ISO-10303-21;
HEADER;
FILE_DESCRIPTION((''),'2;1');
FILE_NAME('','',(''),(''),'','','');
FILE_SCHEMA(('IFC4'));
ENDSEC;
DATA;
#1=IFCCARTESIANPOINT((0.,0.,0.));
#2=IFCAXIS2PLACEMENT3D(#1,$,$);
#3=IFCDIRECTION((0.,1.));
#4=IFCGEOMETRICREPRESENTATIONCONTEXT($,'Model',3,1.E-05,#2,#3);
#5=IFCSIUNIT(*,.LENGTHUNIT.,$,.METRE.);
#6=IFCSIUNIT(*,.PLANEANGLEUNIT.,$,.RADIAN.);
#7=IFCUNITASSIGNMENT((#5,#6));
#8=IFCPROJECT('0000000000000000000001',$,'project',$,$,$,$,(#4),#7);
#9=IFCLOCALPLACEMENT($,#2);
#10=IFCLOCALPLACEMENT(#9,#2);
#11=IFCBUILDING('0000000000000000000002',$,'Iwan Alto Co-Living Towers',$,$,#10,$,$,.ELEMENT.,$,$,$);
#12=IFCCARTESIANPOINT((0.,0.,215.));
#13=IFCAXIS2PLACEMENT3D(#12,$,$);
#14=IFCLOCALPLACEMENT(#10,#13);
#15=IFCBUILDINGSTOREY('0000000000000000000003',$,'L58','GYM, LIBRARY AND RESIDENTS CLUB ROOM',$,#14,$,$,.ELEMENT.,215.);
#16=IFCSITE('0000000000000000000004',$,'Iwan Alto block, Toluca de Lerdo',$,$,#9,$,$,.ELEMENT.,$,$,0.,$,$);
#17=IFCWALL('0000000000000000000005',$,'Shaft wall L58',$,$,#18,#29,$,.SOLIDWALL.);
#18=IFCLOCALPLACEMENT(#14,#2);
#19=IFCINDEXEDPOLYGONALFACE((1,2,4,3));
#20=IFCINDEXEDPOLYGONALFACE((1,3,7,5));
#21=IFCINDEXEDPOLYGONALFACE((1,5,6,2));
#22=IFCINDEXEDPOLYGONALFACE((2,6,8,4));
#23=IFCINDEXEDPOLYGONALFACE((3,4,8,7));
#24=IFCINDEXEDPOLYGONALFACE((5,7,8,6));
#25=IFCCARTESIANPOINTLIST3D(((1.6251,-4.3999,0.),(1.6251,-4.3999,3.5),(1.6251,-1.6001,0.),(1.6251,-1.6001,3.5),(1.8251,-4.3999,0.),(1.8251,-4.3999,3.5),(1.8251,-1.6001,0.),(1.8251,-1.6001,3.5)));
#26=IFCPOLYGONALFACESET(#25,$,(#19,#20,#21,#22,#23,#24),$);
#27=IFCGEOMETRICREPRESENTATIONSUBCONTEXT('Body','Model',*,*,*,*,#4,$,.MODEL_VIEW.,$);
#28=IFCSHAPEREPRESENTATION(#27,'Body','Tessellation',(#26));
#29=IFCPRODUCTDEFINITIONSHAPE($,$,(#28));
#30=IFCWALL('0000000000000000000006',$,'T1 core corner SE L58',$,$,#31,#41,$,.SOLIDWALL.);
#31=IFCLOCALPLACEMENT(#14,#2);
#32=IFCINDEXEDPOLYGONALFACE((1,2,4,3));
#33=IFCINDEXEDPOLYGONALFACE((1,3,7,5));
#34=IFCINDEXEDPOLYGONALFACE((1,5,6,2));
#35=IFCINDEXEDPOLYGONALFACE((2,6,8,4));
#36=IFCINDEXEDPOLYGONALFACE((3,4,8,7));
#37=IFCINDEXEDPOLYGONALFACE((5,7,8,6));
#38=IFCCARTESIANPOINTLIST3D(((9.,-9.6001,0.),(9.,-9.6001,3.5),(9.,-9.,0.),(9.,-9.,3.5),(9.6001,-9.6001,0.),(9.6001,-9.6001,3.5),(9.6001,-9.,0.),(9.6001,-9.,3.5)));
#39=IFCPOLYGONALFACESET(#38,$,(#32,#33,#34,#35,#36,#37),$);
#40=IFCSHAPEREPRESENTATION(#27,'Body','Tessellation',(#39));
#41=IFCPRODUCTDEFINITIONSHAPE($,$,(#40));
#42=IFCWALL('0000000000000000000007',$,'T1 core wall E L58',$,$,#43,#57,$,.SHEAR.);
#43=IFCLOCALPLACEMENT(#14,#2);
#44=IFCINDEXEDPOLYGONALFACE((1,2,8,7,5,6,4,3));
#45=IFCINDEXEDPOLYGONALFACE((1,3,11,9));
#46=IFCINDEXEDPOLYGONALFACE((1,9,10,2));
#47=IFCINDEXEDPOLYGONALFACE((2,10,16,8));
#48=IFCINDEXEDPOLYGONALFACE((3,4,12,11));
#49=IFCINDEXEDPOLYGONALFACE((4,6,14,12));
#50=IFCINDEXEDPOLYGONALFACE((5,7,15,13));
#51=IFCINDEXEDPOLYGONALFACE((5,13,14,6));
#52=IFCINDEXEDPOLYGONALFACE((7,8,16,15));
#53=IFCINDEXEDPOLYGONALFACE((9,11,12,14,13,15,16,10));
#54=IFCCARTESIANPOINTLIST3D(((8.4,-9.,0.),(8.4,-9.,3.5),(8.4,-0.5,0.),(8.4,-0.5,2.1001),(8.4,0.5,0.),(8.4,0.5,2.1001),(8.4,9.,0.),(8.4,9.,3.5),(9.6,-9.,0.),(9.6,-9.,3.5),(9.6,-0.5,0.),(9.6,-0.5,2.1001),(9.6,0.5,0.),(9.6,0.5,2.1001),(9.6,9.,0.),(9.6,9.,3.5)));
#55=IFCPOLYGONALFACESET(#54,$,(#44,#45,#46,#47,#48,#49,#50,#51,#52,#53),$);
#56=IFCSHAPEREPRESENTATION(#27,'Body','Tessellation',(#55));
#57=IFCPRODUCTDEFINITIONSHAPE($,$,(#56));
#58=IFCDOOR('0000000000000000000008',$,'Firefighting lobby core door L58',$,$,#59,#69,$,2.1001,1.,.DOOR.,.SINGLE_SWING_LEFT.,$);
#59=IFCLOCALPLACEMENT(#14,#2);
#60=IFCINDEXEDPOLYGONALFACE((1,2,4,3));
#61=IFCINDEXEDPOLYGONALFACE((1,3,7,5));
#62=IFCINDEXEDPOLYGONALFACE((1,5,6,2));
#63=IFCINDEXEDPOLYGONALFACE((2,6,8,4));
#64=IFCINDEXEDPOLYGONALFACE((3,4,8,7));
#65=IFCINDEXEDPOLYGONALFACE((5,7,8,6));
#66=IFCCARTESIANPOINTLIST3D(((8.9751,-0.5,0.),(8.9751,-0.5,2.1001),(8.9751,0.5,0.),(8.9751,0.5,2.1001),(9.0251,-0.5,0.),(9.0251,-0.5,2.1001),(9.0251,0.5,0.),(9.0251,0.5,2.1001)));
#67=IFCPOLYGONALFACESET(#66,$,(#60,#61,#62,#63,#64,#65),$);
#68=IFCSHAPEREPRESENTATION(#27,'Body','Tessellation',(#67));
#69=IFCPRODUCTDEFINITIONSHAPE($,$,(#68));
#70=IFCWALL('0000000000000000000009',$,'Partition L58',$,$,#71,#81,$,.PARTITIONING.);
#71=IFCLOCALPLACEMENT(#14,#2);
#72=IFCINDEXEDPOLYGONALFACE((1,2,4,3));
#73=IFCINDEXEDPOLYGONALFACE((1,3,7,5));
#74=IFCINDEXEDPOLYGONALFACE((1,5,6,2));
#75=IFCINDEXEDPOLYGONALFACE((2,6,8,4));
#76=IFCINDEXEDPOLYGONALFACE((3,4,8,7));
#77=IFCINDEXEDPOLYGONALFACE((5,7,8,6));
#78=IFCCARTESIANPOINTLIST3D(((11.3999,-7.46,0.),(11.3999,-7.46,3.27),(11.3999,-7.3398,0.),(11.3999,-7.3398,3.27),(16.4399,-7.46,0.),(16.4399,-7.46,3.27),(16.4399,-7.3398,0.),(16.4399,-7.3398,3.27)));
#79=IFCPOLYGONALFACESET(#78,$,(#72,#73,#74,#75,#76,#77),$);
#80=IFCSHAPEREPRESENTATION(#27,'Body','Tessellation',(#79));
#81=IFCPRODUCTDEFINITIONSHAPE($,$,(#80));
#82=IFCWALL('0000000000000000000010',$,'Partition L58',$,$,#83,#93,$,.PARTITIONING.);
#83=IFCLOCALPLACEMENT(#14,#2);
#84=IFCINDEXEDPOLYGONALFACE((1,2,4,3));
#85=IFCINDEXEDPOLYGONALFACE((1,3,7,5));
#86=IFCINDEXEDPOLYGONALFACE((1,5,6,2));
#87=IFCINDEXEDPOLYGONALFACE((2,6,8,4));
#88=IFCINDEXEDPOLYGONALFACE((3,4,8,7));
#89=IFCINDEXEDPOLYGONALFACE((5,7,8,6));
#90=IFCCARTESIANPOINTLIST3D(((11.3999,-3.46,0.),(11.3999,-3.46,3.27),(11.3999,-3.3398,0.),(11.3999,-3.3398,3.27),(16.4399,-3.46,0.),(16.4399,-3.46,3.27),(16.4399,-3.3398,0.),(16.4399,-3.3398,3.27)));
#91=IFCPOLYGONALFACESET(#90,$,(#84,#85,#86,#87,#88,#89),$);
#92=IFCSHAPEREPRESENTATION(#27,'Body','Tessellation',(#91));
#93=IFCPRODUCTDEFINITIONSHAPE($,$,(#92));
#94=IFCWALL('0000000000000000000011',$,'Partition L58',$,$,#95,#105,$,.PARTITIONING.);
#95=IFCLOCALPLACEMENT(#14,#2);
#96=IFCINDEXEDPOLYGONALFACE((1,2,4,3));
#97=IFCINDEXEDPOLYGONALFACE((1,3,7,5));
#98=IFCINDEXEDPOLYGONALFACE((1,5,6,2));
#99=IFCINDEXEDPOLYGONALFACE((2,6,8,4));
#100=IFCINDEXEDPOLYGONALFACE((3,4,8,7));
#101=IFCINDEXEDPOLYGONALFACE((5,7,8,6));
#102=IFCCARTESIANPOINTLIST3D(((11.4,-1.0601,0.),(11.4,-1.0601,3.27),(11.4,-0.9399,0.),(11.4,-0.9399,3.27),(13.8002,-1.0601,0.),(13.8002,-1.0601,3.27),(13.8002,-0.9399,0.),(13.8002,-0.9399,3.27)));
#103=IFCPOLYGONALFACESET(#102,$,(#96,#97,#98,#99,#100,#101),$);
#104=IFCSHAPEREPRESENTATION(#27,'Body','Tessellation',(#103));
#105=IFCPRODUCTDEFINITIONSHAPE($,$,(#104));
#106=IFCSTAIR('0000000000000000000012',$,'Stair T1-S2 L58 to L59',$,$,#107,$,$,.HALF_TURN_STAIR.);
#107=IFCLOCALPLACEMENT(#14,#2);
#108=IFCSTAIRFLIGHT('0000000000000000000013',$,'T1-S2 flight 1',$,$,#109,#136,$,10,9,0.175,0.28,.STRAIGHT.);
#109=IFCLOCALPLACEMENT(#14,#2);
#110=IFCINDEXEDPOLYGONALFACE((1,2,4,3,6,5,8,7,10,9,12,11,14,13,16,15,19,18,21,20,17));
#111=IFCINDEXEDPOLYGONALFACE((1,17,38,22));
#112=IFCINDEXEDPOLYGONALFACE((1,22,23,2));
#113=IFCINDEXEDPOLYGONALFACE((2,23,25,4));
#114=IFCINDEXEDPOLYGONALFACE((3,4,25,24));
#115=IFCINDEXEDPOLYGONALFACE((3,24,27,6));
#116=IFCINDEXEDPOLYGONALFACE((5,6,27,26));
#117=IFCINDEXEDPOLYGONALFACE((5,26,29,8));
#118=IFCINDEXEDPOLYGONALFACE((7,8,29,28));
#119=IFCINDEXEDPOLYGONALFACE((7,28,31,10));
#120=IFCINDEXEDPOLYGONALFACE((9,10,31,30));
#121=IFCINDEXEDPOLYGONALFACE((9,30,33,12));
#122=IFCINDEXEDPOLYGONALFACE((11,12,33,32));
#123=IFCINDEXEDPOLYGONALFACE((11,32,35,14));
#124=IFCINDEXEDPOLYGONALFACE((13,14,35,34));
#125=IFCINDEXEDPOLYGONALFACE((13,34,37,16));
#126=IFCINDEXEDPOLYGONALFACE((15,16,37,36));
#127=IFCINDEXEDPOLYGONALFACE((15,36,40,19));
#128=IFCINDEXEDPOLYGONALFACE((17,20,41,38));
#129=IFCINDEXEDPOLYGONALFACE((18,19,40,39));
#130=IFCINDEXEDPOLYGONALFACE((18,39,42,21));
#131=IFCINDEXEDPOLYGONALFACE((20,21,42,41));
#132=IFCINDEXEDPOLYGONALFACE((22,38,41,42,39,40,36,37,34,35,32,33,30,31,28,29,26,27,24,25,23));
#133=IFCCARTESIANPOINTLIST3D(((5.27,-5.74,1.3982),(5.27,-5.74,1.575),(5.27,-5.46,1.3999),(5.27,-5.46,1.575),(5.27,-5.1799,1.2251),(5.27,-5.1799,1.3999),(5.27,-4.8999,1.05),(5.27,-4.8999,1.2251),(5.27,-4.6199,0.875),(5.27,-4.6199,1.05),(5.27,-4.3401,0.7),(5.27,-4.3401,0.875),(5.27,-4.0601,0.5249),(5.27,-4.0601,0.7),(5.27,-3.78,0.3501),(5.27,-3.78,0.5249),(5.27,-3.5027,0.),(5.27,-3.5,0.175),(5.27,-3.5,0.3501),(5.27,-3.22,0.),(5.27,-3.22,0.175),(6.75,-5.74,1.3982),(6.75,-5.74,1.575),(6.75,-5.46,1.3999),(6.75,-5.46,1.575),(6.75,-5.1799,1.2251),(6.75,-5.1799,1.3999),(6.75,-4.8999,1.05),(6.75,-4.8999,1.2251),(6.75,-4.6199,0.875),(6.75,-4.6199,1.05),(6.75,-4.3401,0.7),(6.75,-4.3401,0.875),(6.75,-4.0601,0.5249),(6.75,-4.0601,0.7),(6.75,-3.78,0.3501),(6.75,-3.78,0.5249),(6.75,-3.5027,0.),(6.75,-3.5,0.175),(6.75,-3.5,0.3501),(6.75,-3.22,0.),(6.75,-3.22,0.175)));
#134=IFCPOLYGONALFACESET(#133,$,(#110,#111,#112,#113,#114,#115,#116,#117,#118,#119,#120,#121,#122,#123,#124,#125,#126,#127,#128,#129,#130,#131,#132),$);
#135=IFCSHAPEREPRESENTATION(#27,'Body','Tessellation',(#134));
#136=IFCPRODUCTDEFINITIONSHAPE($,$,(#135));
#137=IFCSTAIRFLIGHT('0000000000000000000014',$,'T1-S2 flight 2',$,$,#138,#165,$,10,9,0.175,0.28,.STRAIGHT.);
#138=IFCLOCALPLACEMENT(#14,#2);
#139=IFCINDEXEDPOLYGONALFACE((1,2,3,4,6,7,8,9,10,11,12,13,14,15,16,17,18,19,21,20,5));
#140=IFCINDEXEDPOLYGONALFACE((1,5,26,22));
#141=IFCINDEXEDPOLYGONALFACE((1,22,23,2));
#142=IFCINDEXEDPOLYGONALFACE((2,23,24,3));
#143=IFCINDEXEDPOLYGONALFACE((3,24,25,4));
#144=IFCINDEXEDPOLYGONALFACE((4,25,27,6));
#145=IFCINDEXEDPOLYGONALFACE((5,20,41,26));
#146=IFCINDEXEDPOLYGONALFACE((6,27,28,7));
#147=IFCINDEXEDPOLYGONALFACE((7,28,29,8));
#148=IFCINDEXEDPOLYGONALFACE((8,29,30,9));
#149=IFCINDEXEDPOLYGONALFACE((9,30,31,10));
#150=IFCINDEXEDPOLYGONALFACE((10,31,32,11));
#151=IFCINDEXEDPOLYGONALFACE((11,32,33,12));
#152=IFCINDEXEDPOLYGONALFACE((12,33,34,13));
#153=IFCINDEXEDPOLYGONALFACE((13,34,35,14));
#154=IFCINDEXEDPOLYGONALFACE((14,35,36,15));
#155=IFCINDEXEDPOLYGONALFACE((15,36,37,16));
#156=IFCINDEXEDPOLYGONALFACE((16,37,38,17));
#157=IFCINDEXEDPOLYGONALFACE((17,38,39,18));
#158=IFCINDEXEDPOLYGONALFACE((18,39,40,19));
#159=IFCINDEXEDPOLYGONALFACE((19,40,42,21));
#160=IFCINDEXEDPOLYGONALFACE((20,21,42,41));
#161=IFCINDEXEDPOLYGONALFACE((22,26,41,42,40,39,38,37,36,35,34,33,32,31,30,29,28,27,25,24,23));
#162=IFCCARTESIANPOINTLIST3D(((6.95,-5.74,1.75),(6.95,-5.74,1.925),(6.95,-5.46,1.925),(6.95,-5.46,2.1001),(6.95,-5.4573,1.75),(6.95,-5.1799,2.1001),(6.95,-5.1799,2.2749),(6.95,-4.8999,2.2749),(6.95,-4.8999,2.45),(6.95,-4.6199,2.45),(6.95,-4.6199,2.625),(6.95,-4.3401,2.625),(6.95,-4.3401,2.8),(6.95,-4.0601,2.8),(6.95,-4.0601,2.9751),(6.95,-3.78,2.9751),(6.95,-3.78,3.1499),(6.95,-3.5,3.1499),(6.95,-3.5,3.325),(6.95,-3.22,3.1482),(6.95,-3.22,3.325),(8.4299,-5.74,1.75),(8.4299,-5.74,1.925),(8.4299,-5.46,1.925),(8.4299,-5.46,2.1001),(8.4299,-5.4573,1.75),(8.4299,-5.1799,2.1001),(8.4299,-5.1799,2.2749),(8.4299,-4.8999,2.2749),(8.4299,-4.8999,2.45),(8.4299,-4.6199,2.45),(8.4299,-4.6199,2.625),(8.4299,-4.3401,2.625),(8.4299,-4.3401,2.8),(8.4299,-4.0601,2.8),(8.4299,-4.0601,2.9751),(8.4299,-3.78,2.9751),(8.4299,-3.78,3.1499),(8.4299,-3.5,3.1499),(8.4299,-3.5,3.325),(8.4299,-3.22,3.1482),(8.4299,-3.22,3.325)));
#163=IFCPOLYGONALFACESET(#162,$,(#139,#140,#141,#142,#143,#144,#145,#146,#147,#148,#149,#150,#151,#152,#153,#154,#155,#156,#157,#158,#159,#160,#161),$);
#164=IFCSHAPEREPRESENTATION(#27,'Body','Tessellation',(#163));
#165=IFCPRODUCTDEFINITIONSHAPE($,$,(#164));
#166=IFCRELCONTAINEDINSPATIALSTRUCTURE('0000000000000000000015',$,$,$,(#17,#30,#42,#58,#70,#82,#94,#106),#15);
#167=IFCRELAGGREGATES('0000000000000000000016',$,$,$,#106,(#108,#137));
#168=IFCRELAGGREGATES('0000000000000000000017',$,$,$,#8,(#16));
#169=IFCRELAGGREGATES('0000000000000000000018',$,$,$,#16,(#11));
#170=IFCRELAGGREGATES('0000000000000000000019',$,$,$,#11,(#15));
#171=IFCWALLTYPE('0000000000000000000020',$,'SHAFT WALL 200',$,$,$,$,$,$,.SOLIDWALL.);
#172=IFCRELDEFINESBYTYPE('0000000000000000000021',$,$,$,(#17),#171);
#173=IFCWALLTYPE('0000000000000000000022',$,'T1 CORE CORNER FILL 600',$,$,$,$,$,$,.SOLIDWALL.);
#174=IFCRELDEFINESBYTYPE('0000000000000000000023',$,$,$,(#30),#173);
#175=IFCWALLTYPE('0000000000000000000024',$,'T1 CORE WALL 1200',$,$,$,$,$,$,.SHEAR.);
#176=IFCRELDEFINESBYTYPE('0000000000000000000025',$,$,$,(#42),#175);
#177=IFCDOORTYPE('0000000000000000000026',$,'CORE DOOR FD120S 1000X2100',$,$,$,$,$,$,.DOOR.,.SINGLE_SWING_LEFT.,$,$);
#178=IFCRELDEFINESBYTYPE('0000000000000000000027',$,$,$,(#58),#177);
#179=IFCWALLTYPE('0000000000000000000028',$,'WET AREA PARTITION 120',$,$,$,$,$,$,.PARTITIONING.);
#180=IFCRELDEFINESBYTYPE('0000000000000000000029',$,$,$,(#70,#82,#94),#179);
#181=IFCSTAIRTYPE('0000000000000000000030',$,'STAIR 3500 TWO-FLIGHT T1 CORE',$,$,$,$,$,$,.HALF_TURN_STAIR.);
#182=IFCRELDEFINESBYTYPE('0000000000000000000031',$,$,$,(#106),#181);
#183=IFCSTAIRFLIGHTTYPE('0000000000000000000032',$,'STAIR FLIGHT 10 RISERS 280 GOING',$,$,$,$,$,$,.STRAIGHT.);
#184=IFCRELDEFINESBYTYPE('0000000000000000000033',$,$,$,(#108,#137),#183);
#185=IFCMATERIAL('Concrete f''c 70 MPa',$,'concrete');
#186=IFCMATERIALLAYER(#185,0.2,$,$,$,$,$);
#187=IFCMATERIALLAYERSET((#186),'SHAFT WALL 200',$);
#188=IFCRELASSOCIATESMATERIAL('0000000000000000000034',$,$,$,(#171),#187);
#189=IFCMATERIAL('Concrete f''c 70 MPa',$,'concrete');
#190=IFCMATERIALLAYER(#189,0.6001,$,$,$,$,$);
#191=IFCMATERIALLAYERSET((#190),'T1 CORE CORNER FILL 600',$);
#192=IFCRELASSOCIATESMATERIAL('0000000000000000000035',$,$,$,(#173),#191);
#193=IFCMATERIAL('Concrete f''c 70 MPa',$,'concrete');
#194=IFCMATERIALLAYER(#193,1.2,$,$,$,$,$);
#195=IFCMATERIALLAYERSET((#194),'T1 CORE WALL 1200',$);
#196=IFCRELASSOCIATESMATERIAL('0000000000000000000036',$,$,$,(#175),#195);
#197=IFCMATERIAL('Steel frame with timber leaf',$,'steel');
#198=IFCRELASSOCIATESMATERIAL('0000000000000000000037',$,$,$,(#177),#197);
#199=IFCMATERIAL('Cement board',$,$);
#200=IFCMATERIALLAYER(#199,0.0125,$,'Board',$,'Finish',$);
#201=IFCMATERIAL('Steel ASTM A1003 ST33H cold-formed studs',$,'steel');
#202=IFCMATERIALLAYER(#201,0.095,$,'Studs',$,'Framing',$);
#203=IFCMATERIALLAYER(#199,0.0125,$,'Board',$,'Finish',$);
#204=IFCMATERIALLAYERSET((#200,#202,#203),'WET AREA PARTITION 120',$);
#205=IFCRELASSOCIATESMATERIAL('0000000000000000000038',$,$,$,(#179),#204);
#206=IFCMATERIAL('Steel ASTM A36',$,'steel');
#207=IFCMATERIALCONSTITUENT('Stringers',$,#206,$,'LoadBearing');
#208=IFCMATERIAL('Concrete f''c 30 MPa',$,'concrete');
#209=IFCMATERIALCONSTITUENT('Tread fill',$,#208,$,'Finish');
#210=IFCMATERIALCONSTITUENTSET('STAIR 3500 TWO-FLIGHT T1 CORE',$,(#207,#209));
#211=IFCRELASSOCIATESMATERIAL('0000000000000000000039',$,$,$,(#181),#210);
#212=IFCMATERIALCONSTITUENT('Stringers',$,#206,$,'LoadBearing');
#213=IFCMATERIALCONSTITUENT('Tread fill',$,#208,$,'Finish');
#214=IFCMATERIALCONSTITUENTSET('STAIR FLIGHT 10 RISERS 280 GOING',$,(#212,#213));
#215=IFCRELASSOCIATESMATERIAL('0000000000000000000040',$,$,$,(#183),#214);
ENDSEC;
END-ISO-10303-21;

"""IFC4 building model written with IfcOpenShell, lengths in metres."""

from ifc_helpers import new_model, si_unit, direction, frame, frame_2d, origin, place, context, subcontext, project, spatial, polyline, rectangle, outline, extrude, material, layer, layer_set, constituent, constituent_set, type_object, element, fill, aggregate, save


model = new_model("IFC4")

# Units and contexts
model_context = context("Model", 3, precision=1e-05, world=origin(), true_north=direction((0.0, 1.0)))
body_context = subcontext(model_context, "Body", "Model", "MODEL_VIEW")
ifc_project = project(units=[si_unit("LENGTHUNIT", "METRE"), si_unit("PLANEANGLEUNIT", "RADIAN")], contexts=[model_context])

# Site, building, storey
site_placement = place(None, origin())
site = spatial("IfcSite", under=ifc_project, at=site_placement, Name="Iwan Alto block, Toluca de Lerdo", CompositionType="ELEMENT", RefElevation=0.0)
building_placement = place(site_placement, origin())
building = spatial("IfcBuilding", under=site, at=building_placement, Name="Iwan Alto Co-Living Towers", CompositionType="ELEMENT")
storey_placement = place(building_placement, frame((0.0, 0.0, 215.0)))
storey = spatial("IfcBuildingStorey", under=building, at=storey_placement, Name="L58", Description="GYM, LIBRARY AND RESIDENTS CLUB ROOM", CompositionType="ELEMENT", Elevation=215.0)

# Shared definitions
ifc_material_1 = material(Name="Steel ASTM A1003 ST33H cold-formed studs", Category="steel")

# Shared definitions
ifc_material_2 = material(Name="Concrete f'c 70 MPa", Category="concrete")
ifc_layer_1 = layer(ifc_material_2, 0.2)
ifc_layer_set_1 = layer_set([ifc_layer_1], Name="SHAFT WALL 200")
wall_type_1 = type_object("IfcWallType", Name="SHAFT WALL 200", PredefinedType="SOLIDWALL", material=ifc_layer_set_1)

# Walls
wall_1_placement = place(storey_placement, frame((1.7251, -4.3999, 0.0), z_axis=(0.0, 0.0, 1.0), x_axis=(0.0, 1.0, 0.0)))
element("IfcWall", 1, at=wall_1_placement, inside=storey, type_object=wall_type_1, Name="Shaft wall L58", PredefinedType="SOLIDWALL", context=body_context, shape_type="SweptSolid", body=[
    extrude(rectangle(XDim=2.7998, YDim=0.2, at=frame_2d((1.3999, 0.0))), origin(), (0.0, 0.0, 1.0), 3.5),
])
ifc_material_3 = material(Name="Concrete f'c 70 MPa", Category="concrete")
ifc_layer_2 = layer(ifc_material_3, 0.6001)
ifc_layer_set_2 = layer_set([ifc_layer_2], Name="T1 CORE CORNER FILL 600")
wall_type_2 = type_object("IfcWallType", Name="T1 CORE CORNER FILL 600", PredefinedType="SOLIDWALL", material=ifc_layer_set_2)
wall_2_placement = place(storey_placement, frame((9.0, -9.3, 0.0), z_axis=(0.0, 0.0, 1.0), x_axis=(1.0, 0.0, 0.0)))
element("IfcWall", 2, at=wall_2_placement, inside=storey, type_object=wall_type_2, Name="T1 core corner SE L58", PredefinedType="SOLIDWALL", context=body_context, shape_type="SweptSolid", body=[
    extrude(rectangle(XDim=0.6001, YDim=0.6001, at=frame_2d((0.3, 0.0))), origin(), (0.0, 0.0, 1.0), 3.5),
])

# Wall, opening, door
ifc_material_4 = material(Name="Concrete f'c 70 MPa", Category="concrete")
ifc_layer_3 = layer(ifc_material_4, 1.2)
ifc_layer_set_3 = layer_set([ifc_layer_3], Name="T1 CORE WALL 1200")
wall_type_3 = type_object("IfcWallType", Name="T1 CORE WALL 1200", PredefinedType="SHEAR", material=ifc_layer_set_3)
wall_3_placement = place(storey_placement, frame((9.0, -9.0, 0.0), z_axis=(0.0, 0.0, 1.0), x_axis=(0.0, 1.0, 0.0)))
wall_3 = element("IfcWall", 3, at=wall_3_placement, inside=storey, type_object=wall_type_3, Name="T1 core wall E L58", PredefinedType="SHEAR", context=body_context, shape_type="SweptSolid", body=[
    extrude(rectangle(XDim=18.0, YDim=1.2, at=frame_2d((9.0, 0.0))), origin(), (0.0, 0.0, 1.0), 3.5),
])
opening_1_placement = place(wall_3_placement, frame((8.5, 0.0, 0.0)))
opening_1 = element("IfcOpeningElement", 4, at=opening_1_placement, cuts=wall_3, PredefinedType="OPENING", context=body_context, shape_type="SweptSolid", body=[
    extrude(rectangle(XDim=1.0, YDim=2.1001, at=frame_2d((0.5, 1.05))), frame((0.0, 0.6099, 0.0), z_axis=(0.0, -1.0, 0.0), x_axis=(1.0, 0.0, 0.0)), (0.0, 0.0, 1.0), 1.22),
])
ifc_material_5 = material(Name="Steel frame with timber leaf", Category="steel")
door_type_1 = type_object("IfcDoorType", Name="CORE DOOR FD120S 1000X2100", OperationType="SINGLE_SWING_LEFT", PredefinedType="DOOR", material=ifc_material_5)
door_1_placement = place(opening_1_placement, origin())
door_1 = element("IfcDoor", 5, at=door_1_placement, inside=storey, type_object=door_type_1, Name="Firefighting lobby core door L58", OperationType="SINGLE_SWING_LEFT", OverallHeight=2.1001, OverallWidth=1.0, PredefinedType="DOOR", context=body_context, shape_type="SweptSolid", body=[
    extrude(rectangle(XDim=1.0, YDim=2.1001, at=frame_2d((0.5, 1.05))), frame((0.0, 0.0249, 0.0), z_axis=(0.0, -1.0, 0.0), x_axis=(1.0, 0.0, 0.0)), (0.0, 0.0, 1.0), 0.05),
])
fill(opening_1, door_1)

# Walls
ifc_material_6 = material(Name="Cement board")
ifc_layer_4 = layer(ifc_material_6, 0.0125, Name="Board", Category="Finish")
ifc_layer_5 = layer(ifc_material_1, 0.095, Name="Studs", Category="Framing")
ifc_layer_6 = layer(ifc_material_6, 0.0125, Name="Board", Category="Finish")
ifc_layer_set_4 = layer_set([ifc_layer_4, ifc_layer_5, ifc_layer_6], Name="WET AREA PARTITION 120")
wall_type_4 = type_object("IfcWallType", Name="WET AREA PARTITION 120", PredefinedType="PARTITIONING", material=ifc_layer_set_4)
for number, where, z_axis, x_axis, name in (
    (6, (11.3999, -7.3999, 0.0), (0.0, 0.0, 1.0), (1.0, 0.0, 0.0), "Partition L58"),
    (7, (11.3999, -3.3999, 0.0), (0.0, 0.0, 1.0), (1.0, 0.0, 0.0), "Partition L58"),
):
    element("IfcWall", number, at=place(storey_placement, frame(where, z_axis=z_axis, x_axis=x_axis)), inside=storey, type_object=wall_type_4, Name=name, PredefinedType="PARTITIONING", context=body_context, shape_type="SweptSolid", body=[
        extrude(rectangle(XDim=5.04, YDim=0.1201, at=frame_2d((2.52, 0.0))), origin(), (0.0, 0.0, 1.0), 3.27),
    ])
wall_4_placement = place(storey_placement, frame((11.3999, -1.0, 0.0), z_axis=(0.0, 0.0, 1.0), x_axis=(1.0, 0.0, 0.0)))
element("IfcWall", 8, at=wall_4_placement, inside=storey, type_object=wall_type_4, Name="Partition L58", PredefinedType="PARTITIONING", context=body_context, shape_type="SweptSolid", body=[
    extrude(rectangle(XDim=2.4001, YDim=0.1201, at=frame_2d((1.2002, 0.0))), origin(), (0.0, 0.0, 1.0), 3.27),
])

# Stair, stair flights
ifc_material_7 = material(Name="Steel ASTM A36", Category="steel")
ifc_constituent_1 = constituent(ifc_material_7, Name="Stringers", Category="LoadBearing")
ifc_material_8 = material(Name="Concrete f'c 30 MPa", Category="concrete")
ifc_constituent_2 = constituent(ifc_material_8, Name="Tread fill", Category="Finish")
ifc_constituent_set_1 = constituent_set(constituents=[ifc_constituent_1, ifc_constituent_2], Name="STAIR 3500 TWO-FLIGHT T1 CORE")
stair_type = type_object("IfcStairType", Name="STAIR 3500 TWO-FLIGHT T1 CORE", PredefinedType="HALF_TURN_STAIR", material=ifc_constituent_set_1)
stair_placement = place(storey_placement, origin())
stair = element("IfcStair", 9, at=stair_placement, inside=storey, type_object=stair_type, Name="Stair T1-S2 L58 to L59", PredefinedType="HALF_TURN_STAIR")
ifc_constituent_3 = constituent(ifc_material_7, Name="Stringers", Category="LoadBearing")
ifc_constituent_4 = constituent(ifc_material_8, Name="Tread fill", Category="Finish")
ifc_constituent_set_2 = constituent_set(constituents=[ifc_constituent_3, ifc_constituent_4], Name="STAIR FLIGHT 10 RISERS 280 GOING")
stair_flight_type = type_object("IfcStairFlightType", Name="STAIR FLIGHT 10 RISERS 280 GOING", PredefinedType="STRAIGHT", material=ifc_constituent_set_2)
stair_flight_1_placement = place(storey_placement, frame((6.01, -3.22, 0.0), z_axis=(0.0, 0.0, 1.0), x_axis=(0.0, -1.0, 0.0)))
stair_flight_1 = element("IfcStairFlight", 10, at=stair_flight_1_placement, type_object=stair_flight_type, Name="T1-S2 flight 1", NumberOfRisers=10, NumberOfTreads=9, PredefinedType="STRAIGHT", RiserHeight=0.175, TreadLength=0.28, context=body_context, shape_type="SweptSolid", body=[
    extrude(outline(polyline([(0.0, 0.0), (0.0, 0.175), (0.28, 0.175), (0.28, 0.3501), (0.5601, 0.3501), (0.5601, 0.5249), (0.8401, 0.5249), (0.8401, 0.7), (1.1201, 0.7), (1.1201, 0.875), (1.3999, 0.875), (1.3999, 1.05), (1.6799, 1.05), (1.6799, 1.2251), (1.96, 1.2251), (1.96, 1.3999), (2.24, 1.3999), (2.24, 1.575), (2.52, 1.575), (2.52, 1.75), (2.52, 1.3982), (0.2827, 0.0), (0.0, 0.0)])), frame((0.0, 0.74, 0.0), z_axis=(0.0, -1.0, 0.0), x_axis=(1.0, 0.0, 0.0)), (0.0, 0.0, 1.0), 1.48),
])
stair_flight_2_placement = place(storey_placement, frame((7.6899, -5.74, 1.75), z_axis=(0.0, 0.0, 1.0), x_axis=(0.0, 1.0, 0.0)))
stair_flight_2 = element("IfcStairFlight", 11, at=stair_flight_2_placement, type_object=stair_flight_type, Name="T1-S2 flight 2", NumberOfRisers=10, NumberOfTreads=9, PredefinedType="STRAIGHT", RiserHeight=0.175, TreadLength=0.28, context=body_context, shape_type="SweptSolid", body=[
    extrude(outline(polyline([(0.0, 0.0), (0.0, 0.175), (0.28, 0.175), (0.28, 0.3501), (0.5601, 0.3501), (0.5601, 0.5249), (0.8401, 0.5249), (0.8401, 0.7), (1.1201, 0.7), (1.1201, 0.875), (1.3999, 0.875), (1.3999, 1.05), (1.6799, 1.05), (1.6799, 1.2251), (1.96, 1.2251), (1.96, 1.3999), (2.24, 1.3999), (2.24, 1.575), (2.52, 1.575), (2.52, 1.75), (2.52, 1.3982), (0.2827, 0.0), (0.0, 0.0)])), frame((0.0, 0.74, 0.0), z_axis=(0.0, -1.0, 0.0), x_axis=(1.0, 0.0, 0.0)), (0.0, 0.0, 1.0), 1.48),
])
aggregate(stair, [stair_flight_1, stair_flight_2])

save(model, "model.ifc")
